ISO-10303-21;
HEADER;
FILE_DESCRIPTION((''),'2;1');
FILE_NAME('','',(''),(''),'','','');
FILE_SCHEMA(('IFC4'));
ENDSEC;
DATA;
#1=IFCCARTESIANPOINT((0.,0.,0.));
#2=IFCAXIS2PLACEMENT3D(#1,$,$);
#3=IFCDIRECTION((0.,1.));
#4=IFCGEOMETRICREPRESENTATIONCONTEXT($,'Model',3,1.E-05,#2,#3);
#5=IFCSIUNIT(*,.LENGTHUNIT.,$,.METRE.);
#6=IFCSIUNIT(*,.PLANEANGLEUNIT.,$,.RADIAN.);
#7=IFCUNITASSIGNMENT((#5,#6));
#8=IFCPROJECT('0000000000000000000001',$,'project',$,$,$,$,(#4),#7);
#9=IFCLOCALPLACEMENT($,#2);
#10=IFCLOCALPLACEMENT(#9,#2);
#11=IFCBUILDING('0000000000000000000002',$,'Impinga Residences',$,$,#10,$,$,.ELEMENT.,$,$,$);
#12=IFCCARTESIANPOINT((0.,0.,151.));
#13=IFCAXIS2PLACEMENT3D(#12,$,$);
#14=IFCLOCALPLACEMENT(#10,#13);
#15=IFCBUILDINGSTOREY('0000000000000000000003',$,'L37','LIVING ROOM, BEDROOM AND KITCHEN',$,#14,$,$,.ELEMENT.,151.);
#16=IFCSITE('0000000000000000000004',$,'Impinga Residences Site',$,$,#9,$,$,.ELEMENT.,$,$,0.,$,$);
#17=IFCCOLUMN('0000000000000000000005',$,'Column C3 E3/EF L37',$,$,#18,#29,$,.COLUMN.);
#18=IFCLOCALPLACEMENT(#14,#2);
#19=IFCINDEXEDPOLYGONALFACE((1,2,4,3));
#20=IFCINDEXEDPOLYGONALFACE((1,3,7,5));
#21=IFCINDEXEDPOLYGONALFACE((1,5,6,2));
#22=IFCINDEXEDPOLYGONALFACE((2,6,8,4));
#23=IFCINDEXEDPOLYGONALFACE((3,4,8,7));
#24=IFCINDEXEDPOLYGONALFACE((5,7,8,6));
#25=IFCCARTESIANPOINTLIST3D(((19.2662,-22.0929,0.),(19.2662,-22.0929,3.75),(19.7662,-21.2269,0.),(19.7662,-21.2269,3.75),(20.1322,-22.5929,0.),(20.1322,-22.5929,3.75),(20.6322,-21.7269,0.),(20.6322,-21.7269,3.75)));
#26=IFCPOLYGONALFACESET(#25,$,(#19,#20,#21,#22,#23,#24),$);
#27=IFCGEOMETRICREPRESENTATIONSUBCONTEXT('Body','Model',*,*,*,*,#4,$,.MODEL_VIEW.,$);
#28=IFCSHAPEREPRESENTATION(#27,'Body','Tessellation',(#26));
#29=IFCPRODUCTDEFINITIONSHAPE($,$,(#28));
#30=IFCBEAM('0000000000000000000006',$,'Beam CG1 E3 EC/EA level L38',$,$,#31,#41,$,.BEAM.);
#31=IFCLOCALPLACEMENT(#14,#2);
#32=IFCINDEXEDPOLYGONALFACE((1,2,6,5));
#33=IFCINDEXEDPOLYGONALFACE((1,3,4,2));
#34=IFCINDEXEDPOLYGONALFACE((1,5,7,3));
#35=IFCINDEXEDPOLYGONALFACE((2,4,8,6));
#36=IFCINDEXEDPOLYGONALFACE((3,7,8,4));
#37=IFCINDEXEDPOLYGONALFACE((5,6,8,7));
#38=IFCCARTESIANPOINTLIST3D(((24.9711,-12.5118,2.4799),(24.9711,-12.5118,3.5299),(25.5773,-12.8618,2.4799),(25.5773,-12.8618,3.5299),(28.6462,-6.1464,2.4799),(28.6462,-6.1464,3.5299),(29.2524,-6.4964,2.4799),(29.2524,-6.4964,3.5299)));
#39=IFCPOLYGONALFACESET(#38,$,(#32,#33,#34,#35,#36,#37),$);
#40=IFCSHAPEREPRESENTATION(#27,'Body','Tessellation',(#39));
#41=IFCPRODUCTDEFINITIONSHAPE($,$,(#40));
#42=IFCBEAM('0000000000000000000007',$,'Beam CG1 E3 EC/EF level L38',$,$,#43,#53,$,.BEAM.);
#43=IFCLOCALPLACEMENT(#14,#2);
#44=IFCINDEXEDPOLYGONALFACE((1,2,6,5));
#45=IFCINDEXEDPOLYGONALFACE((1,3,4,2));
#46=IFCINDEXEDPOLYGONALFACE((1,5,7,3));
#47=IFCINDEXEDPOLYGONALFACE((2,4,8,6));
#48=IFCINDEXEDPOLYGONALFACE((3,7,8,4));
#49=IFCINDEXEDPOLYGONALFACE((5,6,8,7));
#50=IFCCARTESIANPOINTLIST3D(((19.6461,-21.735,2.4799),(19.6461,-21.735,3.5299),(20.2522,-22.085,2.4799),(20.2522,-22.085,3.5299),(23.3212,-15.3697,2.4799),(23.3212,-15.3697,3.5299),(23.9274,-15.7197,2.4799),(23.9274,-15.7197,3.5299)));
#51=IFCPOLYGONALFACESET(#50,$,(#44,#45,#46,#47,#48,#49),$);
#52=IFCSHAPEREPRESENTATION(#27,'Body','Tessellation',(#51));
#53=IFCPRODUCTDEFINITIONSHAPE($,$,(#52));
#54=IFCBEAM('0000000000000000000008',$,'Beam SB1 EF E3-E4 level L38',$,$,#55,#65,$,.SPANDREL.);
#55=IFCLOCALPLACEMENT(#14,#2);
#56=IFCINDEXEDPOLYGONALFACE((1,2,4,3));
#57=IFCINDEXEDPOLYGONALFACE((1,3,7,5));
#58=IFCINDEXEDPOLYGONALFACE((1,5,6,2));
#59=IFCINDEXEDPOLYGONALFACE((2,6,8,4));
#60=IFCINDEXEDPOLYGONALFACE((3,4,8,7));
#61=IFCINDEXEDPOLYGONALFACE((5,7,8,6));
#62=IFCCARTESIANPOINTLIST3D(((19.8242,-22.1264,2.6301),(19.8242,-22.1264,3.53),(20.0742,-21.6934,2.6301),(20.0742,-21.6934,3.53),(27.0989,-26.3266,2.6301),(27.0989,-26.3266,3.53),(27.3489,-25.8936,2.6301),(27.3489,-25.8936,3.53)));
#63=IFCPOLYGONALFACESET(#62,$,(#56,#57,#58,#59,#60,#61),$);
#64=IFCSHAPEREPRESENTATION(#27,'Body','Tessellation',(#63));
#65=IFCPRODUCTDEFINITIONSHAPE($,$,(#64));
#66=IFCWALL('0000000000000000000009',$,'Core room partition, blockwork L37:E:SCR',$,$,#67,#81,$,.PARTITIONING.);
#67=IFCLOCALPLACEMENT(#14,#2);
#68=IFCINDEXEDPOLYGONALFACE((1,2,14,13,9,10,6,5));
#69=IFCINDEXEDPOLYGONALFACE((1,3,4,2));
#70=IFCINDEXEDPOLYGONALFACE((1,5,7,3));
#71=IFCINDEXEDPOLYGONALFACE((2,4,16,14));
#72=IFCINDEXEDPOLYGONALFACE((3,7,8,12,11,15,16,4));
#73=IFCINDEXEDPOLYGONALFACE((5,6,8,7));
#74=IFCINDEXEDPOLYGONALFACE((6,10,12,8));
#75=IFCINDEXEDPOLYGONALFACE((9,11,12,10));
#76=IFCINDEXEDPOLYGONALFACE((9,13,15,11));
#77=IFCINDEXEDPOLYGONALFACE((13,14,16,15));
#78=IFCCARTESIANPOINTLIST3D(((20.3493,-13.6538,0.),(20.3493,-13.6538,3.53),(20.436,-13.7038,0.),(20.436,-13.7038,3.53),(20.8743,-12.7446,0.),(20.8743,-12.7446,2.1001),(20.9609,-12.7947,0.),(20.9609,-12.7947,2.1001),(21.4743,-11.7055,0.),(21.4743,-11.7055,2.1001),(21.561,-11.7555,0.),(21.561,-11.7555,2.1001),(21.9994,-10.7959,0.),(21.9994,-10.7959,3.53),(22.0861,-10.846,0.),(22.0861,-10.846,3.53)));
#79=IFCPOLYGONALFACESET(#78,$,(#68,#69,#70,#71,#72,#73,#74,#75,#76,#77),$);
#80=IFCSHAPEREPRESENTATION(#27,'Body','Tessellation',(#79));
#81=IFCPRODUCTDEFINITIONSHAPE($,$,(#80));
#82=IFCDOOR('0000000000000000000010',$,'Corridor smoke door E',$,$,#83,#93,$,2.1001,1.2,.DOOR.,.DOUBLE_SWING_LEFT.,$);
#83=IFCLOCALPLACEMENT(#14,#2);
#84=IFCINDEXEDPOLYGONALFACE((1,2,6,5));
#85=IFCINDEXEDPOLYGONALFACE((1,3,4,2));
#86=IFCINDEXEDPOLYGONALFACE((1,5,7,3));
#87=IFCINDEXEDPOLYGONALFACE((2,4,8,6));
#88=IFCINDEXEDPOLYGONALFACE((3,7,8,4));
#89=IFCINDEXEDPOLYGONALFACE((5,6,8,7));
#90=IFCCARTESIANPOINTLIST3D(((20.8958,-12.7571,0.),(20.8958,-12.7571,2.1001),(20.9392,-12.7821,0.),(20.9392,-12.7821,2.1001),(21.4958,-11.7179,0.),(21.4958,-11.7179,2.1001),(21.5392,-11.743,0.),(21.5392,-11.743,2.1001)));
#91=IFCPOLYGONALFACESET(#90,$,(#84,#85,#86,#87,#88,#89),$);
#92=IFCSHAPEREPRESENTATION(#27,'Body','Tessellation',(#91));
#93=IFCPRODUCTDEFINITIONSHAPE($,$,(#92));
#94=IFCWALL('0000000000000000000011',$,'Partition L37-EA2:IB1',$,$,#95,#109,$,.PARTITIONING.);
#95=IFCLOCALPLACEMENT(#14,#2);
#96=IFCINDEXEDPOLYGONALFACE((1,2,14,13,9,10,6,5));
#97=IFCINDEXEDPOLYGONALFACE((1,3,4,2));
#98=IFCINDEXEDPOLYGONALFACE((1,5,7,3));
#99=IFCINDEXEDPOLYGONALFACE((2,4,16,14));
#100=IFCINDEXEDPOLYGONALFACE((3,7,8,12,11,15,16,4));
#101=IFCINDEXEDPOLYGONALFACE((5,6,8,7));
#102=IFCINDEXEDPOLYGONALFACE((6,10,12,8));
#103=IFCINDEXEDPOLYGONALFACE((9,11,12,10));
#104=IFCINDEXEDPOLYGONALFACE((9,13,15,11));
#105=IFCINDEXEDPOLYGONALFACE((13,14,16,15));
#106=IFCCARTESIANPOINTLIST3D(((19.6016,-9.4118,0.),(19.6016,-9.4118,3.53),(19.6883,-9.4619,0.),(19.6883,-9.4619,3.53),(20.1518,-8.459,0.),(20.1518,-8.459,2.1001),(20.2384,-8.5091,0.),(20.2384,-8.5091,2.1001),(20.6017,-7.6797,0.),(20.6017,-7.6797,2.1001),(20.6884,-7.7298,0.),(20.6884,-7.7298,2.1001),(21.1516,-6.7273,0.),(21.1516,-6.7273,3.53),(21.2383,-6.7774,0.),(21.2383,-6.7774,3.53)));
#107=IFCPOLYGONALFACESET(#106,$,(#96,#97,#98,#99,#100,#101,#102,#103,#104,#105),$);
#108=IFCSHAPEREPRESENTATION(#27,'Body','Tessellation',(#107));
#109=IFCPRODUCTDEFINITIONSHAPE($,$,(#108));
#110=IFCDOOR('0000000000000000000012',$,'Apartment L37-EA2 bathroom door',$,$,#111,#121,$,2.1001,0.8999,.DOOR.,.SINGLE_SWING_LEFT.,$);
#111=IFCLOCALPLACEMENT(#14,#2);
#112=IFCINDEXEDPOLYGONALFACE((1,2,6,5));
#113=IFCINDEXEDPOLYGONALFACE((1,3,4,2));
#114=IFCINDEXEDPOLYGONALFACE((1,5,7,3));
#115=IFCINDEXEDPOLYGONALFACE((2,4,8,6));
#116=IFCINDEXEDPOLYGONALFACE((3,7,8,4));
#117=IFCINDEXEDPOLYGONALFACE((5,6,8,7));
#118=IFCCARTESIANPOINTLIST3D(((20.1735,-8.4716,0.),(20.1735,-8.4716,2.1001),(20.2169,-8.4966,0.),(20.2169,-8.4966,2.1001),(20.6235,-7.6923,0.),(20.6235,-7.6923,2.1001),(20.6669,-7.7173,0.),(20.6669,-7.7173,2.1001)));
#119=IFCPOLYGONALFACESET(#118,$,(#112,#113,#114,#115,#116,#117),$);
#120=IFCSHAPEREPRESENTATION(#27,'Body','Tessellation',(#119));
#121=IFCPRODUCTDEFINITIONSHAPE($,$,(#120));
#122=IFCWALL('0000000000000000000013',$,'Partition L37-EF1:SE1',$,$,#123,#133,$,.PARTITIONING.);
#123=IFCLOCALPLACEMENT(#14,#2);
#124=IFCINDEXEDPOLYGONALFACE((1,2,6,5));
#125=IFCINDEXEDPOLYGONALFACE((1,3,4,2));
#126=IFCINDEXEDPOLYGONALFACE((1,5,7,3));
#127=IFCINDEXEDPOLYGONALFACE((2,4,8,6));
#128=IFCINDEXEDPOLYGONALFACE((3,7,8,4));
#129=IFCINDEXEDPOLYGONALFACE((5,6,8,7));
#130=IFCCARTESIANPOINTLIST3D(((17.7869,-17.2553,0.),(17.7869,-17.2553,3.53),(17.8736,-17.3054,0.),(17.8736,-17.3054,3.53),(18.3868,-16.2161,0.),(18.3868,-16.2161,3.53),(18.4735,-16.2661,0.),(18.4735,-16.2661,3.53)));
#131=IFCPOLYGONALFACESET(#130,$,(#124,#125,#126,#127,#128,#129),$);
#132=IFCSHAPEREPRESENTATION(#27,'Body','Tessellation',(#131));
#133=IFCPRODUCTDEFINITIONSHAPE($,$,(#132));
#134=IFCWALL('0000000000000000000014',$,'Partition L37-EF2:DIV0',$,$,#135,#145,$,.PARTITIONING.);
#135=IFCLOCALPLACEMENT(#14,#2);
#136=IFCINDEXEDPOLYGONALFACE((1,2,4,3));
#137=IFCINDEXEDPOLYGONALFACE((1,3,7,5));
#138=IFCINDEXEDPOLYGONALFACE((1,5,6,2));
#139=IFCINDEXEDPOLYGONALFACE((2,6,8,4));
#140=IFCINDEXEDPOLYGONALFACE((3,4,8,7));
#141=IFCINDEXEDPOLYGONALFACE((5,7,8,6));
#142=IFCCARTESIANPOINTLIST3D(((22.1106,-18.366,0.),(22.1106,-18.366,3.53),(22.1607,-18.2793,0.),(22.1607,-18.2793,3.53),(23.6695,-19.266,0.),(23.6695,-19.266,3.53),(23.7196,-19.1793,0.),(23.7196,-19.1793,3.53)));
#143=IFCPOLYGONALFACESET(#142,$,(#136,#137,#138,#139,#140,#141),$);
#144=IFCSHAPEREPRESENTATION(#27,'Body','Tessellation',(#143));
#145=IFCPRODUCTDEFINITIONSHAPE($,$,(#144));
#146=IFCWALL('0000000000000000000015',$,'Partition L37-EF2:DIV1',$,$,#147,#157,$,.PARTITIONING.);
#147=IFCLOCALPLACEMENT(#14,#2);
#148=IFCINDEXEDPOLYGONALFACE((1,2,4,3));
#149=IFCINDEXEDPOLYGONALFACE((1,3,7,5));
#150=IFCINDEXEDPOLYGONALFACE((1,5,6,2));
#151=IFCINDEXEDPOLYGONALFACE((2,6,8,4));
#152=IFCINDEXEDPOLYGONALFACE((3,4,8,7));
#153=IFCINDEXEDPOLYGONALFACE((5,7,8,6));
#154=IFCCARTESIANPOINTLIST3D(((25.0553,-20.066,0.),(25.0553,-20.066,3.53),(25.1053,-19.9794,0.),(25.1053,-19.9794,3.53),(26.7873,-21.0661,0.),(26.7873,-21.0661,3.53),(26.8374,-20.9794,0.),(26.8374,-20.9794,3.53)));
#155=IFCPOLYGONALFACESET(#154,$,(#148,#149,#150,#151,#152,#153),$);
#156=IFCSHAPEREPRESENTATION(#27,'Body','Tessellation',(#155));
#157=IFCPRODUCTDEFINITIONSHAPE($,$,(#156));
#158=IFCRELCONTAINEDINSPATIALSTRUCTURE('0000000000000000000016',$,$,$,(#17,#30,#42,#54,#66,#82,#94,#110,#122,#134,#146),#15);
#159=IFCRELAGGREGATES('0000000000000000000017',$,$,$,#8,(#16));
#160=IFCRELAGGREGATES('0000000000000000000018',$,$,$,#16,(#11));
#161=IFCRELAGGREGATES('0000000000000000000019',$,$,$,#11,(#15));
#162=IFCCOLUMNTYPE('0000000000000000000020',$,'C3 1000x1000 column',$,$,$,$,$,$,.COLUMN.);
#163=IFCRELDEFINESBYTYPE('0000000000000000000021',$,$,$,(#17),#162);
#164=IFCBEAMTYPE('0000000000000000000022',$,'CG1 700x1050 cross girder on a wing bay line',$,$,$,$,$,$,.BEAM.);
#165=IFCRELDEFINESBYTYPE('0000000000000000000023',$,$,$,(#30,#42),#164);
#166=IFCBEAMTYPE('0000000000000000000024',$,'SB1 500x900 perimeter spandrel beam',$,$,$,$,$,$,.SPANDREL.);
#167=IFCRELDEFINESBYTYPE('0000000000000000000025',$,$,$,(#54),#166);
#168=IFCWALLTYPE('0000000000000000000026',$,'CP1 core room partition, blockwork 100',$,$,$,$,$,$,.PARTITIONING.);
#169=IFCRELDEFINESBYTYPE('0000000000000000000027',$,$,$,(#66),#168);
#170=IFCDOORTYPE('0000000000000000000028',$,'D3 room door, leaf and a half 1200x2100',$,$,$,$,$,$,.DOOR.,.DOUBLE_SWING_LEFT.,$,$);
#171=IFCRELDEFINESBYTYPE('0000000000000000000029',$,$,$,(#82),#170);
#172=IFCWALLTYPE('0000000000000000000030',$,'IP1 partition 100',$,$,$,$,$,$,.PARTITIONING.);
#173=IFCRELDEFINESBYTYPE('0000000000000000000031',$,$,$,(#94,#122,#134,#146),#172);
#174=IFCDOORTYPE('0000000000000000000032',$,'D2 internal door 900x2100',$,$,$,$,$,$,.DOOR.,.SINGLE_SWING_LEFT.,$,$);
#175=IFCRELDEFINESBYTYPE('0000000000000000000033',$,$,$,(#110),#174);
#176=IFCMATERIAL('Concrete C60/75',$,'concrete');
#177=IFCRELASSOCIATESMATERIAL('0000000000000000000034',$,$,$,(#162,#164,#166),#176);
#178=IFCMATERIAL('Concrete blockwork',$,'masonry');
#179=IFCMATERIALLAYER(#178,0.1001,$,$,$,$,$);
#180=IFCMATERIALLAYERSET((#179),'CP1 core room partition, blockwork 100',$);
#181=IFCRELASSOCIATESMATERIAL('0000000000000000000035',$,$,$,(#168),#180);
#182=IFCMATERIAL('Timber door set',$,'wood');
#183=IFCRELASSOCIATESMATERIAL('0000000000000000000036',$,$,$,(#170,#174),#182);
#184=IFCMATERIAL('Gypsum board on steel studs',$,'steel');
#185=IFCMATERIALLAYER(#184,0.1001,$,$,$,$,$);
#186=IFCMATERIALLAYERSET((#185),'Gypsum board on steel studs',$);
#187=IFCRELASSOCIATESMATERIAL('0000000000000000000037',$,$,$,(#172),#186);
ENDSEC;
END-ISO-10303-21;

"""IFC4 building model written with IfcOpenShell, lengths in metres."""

from ifc_helpers import new_model, si_unit, direction, frame, frame_2d, origin, origin_2d, place, context, subcontext, project, spatial, rectangle, extrude, material, layer, layer_set, material_profile, profile_set, type_object, element, fill, save


model = new_model("IFC4")

# Units and contexts
model_context = context("Model", 3, precision=1e-05, world=origin(), true_north=direction((0.0, 1.0)))
body_context = subcontext(model_context, "Body", "Model", "MODEL_VIEW")
ifc_project = project(units=[si_unit("LENGTHUNIT", "METRE"), si_unit("PLANEANGLEUNIT", "RADIAN")], contexts=[model_context])

# Site, building, storey
site_placement = place(None, origin())
site = spatial("IfcSite", under=ifc_project, at=site_placement, Name="Impinga Residences Site", CompositionType="ELEMENT", RefElevation=0.0)
building_placement = place(site_placement, origin())
building = spatial("IfcBuilding", under=site, at=building_placement, Name="Impinga Residences", CompositionType="ELEMENT")
storey_placement = place(building_placement, frame((0.0, 0.0, 151.0)))
storey = spatial("IfcBuildingStorey", under=building, at=storey_placement, Name="L37", Description="LIVING ROOM, BEDROOM AND KITCHEN", CompositionType="ELEMENT", Elevation=151.0)

# Column
ifc_material_1 = material(Name="Concrete C60/75", Category="concrete")
ifc_material_profile_1 = material_profile(ifc_material_1, rectangle(XDim=1.0, YDim=1.0, at=origin_2d()), Name="RC 1000x1000")
ifc_profile_set_1 = profile_set([ifc_material_profile_1], Name="Concrete C60/75")
column_type = type_object("IfcColumnType", Name="C3 1000x1000 column", PredefinedType="COLUMN", material=ifc_profile_set_1)
column_placement = place(storey_placement, frame((19.9492, -21.9099, 0.0), z_axis=(0.0, 0.0, 1.0), x_axis=(-0.5, -0.866025, 0.0)))
element("IfcColumn", 1, at=column_placement, inside=storey, type_object=column_type, Name="Column C3 E3/EF L37", PredefinedType="COLUMN", context=body_context, shape_type="SweptSolid", body=[
    extrude(rectangle(XDim=1.0, YDim=1.0, at=origin_2d()), origin(), (0.0, 0.0, 1.0), 3.75),
])

# Beams
ifc_material_profile_2 = material_profile(ifc_material_1, rectangle(XDim=0.7, YDim=1.05, at=origin_2d()), Name="RC 700x1050")
ifc_profile_set_2 = profile_set([ifc_material_profile_2], Name="Concrete C60/75")
beam_type_1 = type_object("IfcBeamType", Name="CG1 700x1050 cross girder on a wing bay line", PredefinedType="BEAM", material=ifc_profile_set_2)
for number, where, z_axis, x_axis, name in (
    (2, (25.2742, -12.6868, 3.0049), (0.500008, 0.866021, 0.0), (-0.866021, 0.500008, 0.0), "Beam CG1 E3 EC/EA level L38"),
    (3, (23.6243, -15.5447, 3.0049), (-0.500008, -0.866021, 0.0), (0.866021, -0.500008, 0.0), "Beam CG1 E3 EC/EF level L38"),
):
    element("IfcBeam", number, at=place(storey_placement, frame(where, z_axis=z_axis, x_axis=x_axis)), inside=storey, type_object=beam_type_1, Name=name, PredefinedType="BEAM", context=body_context, shape_type="SweptSolid", body=[
        extrude(rectangle(XDim=0.7, YDim=1.05, at=origin_2d()), origin(), (0.0, 0.0, 1.0), 7.3501),
    ])
ifc_material_profile_3 = material_profile(ifc_material_1, rectangle(XDim=0.5, YDim=0.8999, at=origin_2d()), Name="RC 500x900")
ifc_profile_set_3 = profile_set([ifc_material_profile_3], Name="Concrete C60/75")
beam_type_2 = type_object("IfcBeamType", Name="SB1 500x900 perimeter spandrel beam", PredefinedType="SPANDREL", material=ifc_profile_set_3)
beam_placement = place(storey_placement, frame((19.9492, -21.9099, 3.0801), z_axis=(0.866017, -0.500015, 0.0), x_axis=(0.500015, 0.866017, 0.0)))
element("IfcBeam", 4, at=beam_placement, inside=storey, type_object=beam_type_2, Name="Beam SB1 EF E3-E4 level L38", PredefinedType="SPANDREL", context=body_context, shape_type="SweptSolid", body=[
    extrude(rectangle(XDim=0.5, YDim=0.8999, at=origin_2d()), origin(), (0.0, 0.0, 1.0), 8.4001),
])

# Walls, openings, doors
ifc_material_2 = material(Name="Concrete blockwork", Category="masonry")
ifc_layer_1 = layer(ifc_material_2, 0.1001)
ifc_layer_set_1 = layer_set([ifc_layer_1], Name="CP1 core room partition, blockwork 100")
wall_type_1 = type_object("IfcWallType", Name="CP1 core room partition, blockwork 100", PredefinedType="PARTITIONING", material=ifc_layer_set_1)
wall_1_placement = place(storey_placement, frame((22.0427, -10.821, 0.0), z_axis=(0.0, 0.0, 1.0), x_axis=(-0.50003, -0.866008, 0.0)))
wall_1 = element("IfcWall", 5, at=wall_1_placement, inside=storey, type_object=wall_type_1, Name="Core room partition, blockwork L37:E:SCR", PredefinedType="PARTITIONING", context=body_context, shape_type="SweptSolid", body=[
    extrude(rectangle(XDim=3.3, YDim=0.1001, at=frame_2d((1.6499, 0.0))), origin(), (0.0, 0.0, 1.0), 3.53),
])
opening_1_placement = place(wall_1_placement, frame((1.05, 0.0, 0.0)))
opening_1 = element("IfcOpeningElement", 6, at=opening_1_placement, cuts=wall_1, PredefinedType="OPENING", context=body_context, shape_type="SweptSolid", body=[
    extrude(rectangle(XDim=1.2, YDim=2.1001, at=frame_2d((0.6001, 1.05))), frame((0.0, 0.0601, 0.0), z_axis=(0.0, -1.0, 0.0), x_axis=(1.0, 0.0, 0.0)), (0.0, 0.0, 1.0), 0.1201),
])
ifc_material_3 = material(Name="Timber door set", Category="wood")
door_type_1 = type_object("IfcDoorType", Name="D3 room door, leaf and a half 1200x2100", OperationType="DOUBLE_SWING_LEFT", PredefinedType="DOOR", material=ifc_material_3)
door_1_placement = place(opening_1_placement, origin())
door_1 = element("IfcDoor", 7, at=door_1_placement, inside=storey, type_object=door_type_1, Name="Corridor smoke door E", OperationType="DOUBLE_SWING_LEFT", OverallHeight=2.1001, OverallWidth=1.2, PredefinedType="DOOR", context=body_context, shape_type="SweptSolid", body=[
    extrude(rectangle(XDim=1.2, YDim=2.1001, at=frame_2d((0.6001, 1.05))), frame((0.0, 0.0249, 0.0), z_axis=(0.0, -1.0, 0.0), x_axis=(1.0, 0.0, 0.0)), (0.0, 0.0, 1.0), 0.05),
])
fill(opening_1, door_1)
ifc_material_4 = material(Name="Gypsum board on steel studs", Category="steel")
ifc_layer_2 = layer(ifc_material_4, 0.1001)
ifc_layer_set_2 = layer_set([ifc_layer_2], Name="Gypsum board on steel studs")
wall_type_2 = type_object("IfcWallType", Name="IP1 partition 100", PredefinedType="PARTITIONING", material=ifc_layer_set_2)
wall_2_placement = place(storey_placement, frame((19.645, -9.4368, 0.0), z_axis=(0.0, 0.0, 1.0), x_axis=(0.500027, 0.86601, 0.0)))
wall_2 = element("IfcWall", 8, at=wall_2_placement, inside=storey, type_object=wall_type_2, Name="Partition L37-EA2:IB1", PredefinedType="PARTITIONING", context=body_context, shape_type="SweptSolid", body=[
    extrude(rectangle(XDim=3.0999, YDim=0.1001, at=frame_2d((1.5498, 0.0))), origin(), (0.0, 0.0, 1.0), 3.53),
])
opening_2_placement = place(wall_2_placement, frame((1.1001, 0.0, 0.0)))
opening_2 = element("IfcOpeningElement", 9, at=opening_2_placement, cuts=wall_2, PredefinedType="OPENING", context=body_context, shape_type="SweptSolid", body=[
    extrude(rectangle(XDim=0.8999, YDim=2.1001, at=frame_2d((0.45, 1.05))), frame((0.0, 0.0601, 0.0), z_axis=(0.0, -1.0, 0.0), x_axis=(1.0, 0.0, 0.0)), (0.0, 0.0, 1.0), 0.1201),
])
door_type_2 = type_object("IfcDoorType", Name="D2 internal door 900x2100", OperationType="SINGLE_SWING_LEFT", PredefinedType="DOOR", material=ifc_material_3)
door_2_placement = place(opening_2_placement, origin())
door_2 = element("IfcDoor", 10, at=door_2_placement, inside=storey, type_object=door_type_2, Name="Apartment L37-EA2 bathroom door", OperationType="SINGLE_SWING_LEFT", OverallHeight=2.1001, OverallWidth=0.8999, PredefinedType="DOOR", context=body_context, shape_type="SweptSolid", body=[
    extrude(rectangle(XDim=0.8999, YDim=2.1001, at=frame_2d((0.45, 1.05))), frame((0.0, 0.0249, 0.0), z_axis=(0.0, -1.0, 0.0), x_axis=(1.0, 0.0, 0.0)), (0.0, 0.0, 1.0), 0.05),
])
fill(opening_2, door_2)

# Walls
wall_3_placement = place(storey_placement, frame((18.4302, -16.241, 0.0), z_axis=(0.0, 0.0, 1.0), x_axis=(-0.499881, -0.866094, 0.0)))
element("IfcWall", 11, at=wall_3_placement, inside=storey, type_object=wall_type_2, Name="Partition L37-EF1:SE1", PredefinedType="PARTITIONING", context=body_context, shape_type="SweptSolid", body=[
    extrude(rectangle(XDim=1.2, YDim=0.1001, at=frame_2d((0.6001, 0.0))), origin(), (0.0, 0.0, 1.0), 3.53),
])
wall_4_placement = place(storey_placement, frame((22.1357, -18.3228, 0.0), z_axis=(0.0, 0.0, 1.0), x_axis=(0.866048, -0.499961, 0.0)))
element("IfcWall", 12, at=wall_4_placement, inside=storey, type_object=wall_type_2, Name="Partition L37-EF2:DIV0", PredefinedType="PARTITIONING", context=body_context, shape_type="SweptSolid", body=[
    extrude(rectangle(XDim=1.8, YDim=0.1001, at=frame_2d((0.8999, 0.0))), origin(), (0.0, 0.0, 1.0), 3.53),
])
wall_5_placement = place(storey_placement, frame((25.0803, -20.0227, 0.0), z_axis=(0.0, 0.0, 1.0), x_axis=(0.866011, -0.500025, 0.0)))
element("IfcWall", 13, at=wall_5_placement, inside=storey, type_object=wall_type_2, Name="Partition L37-EF2:DIV1", PredefinedType="PARTITIONING", context=body_context, shape_type="SweptSolid", body=[
    extrude(rectangle(XDim=2.0, YDim=0.1001, at=frame_2d((1.0, 0.0))), origin(), (0.0, 0.0, 1.0), 3.53),
])

save(model, "model.ifc")
